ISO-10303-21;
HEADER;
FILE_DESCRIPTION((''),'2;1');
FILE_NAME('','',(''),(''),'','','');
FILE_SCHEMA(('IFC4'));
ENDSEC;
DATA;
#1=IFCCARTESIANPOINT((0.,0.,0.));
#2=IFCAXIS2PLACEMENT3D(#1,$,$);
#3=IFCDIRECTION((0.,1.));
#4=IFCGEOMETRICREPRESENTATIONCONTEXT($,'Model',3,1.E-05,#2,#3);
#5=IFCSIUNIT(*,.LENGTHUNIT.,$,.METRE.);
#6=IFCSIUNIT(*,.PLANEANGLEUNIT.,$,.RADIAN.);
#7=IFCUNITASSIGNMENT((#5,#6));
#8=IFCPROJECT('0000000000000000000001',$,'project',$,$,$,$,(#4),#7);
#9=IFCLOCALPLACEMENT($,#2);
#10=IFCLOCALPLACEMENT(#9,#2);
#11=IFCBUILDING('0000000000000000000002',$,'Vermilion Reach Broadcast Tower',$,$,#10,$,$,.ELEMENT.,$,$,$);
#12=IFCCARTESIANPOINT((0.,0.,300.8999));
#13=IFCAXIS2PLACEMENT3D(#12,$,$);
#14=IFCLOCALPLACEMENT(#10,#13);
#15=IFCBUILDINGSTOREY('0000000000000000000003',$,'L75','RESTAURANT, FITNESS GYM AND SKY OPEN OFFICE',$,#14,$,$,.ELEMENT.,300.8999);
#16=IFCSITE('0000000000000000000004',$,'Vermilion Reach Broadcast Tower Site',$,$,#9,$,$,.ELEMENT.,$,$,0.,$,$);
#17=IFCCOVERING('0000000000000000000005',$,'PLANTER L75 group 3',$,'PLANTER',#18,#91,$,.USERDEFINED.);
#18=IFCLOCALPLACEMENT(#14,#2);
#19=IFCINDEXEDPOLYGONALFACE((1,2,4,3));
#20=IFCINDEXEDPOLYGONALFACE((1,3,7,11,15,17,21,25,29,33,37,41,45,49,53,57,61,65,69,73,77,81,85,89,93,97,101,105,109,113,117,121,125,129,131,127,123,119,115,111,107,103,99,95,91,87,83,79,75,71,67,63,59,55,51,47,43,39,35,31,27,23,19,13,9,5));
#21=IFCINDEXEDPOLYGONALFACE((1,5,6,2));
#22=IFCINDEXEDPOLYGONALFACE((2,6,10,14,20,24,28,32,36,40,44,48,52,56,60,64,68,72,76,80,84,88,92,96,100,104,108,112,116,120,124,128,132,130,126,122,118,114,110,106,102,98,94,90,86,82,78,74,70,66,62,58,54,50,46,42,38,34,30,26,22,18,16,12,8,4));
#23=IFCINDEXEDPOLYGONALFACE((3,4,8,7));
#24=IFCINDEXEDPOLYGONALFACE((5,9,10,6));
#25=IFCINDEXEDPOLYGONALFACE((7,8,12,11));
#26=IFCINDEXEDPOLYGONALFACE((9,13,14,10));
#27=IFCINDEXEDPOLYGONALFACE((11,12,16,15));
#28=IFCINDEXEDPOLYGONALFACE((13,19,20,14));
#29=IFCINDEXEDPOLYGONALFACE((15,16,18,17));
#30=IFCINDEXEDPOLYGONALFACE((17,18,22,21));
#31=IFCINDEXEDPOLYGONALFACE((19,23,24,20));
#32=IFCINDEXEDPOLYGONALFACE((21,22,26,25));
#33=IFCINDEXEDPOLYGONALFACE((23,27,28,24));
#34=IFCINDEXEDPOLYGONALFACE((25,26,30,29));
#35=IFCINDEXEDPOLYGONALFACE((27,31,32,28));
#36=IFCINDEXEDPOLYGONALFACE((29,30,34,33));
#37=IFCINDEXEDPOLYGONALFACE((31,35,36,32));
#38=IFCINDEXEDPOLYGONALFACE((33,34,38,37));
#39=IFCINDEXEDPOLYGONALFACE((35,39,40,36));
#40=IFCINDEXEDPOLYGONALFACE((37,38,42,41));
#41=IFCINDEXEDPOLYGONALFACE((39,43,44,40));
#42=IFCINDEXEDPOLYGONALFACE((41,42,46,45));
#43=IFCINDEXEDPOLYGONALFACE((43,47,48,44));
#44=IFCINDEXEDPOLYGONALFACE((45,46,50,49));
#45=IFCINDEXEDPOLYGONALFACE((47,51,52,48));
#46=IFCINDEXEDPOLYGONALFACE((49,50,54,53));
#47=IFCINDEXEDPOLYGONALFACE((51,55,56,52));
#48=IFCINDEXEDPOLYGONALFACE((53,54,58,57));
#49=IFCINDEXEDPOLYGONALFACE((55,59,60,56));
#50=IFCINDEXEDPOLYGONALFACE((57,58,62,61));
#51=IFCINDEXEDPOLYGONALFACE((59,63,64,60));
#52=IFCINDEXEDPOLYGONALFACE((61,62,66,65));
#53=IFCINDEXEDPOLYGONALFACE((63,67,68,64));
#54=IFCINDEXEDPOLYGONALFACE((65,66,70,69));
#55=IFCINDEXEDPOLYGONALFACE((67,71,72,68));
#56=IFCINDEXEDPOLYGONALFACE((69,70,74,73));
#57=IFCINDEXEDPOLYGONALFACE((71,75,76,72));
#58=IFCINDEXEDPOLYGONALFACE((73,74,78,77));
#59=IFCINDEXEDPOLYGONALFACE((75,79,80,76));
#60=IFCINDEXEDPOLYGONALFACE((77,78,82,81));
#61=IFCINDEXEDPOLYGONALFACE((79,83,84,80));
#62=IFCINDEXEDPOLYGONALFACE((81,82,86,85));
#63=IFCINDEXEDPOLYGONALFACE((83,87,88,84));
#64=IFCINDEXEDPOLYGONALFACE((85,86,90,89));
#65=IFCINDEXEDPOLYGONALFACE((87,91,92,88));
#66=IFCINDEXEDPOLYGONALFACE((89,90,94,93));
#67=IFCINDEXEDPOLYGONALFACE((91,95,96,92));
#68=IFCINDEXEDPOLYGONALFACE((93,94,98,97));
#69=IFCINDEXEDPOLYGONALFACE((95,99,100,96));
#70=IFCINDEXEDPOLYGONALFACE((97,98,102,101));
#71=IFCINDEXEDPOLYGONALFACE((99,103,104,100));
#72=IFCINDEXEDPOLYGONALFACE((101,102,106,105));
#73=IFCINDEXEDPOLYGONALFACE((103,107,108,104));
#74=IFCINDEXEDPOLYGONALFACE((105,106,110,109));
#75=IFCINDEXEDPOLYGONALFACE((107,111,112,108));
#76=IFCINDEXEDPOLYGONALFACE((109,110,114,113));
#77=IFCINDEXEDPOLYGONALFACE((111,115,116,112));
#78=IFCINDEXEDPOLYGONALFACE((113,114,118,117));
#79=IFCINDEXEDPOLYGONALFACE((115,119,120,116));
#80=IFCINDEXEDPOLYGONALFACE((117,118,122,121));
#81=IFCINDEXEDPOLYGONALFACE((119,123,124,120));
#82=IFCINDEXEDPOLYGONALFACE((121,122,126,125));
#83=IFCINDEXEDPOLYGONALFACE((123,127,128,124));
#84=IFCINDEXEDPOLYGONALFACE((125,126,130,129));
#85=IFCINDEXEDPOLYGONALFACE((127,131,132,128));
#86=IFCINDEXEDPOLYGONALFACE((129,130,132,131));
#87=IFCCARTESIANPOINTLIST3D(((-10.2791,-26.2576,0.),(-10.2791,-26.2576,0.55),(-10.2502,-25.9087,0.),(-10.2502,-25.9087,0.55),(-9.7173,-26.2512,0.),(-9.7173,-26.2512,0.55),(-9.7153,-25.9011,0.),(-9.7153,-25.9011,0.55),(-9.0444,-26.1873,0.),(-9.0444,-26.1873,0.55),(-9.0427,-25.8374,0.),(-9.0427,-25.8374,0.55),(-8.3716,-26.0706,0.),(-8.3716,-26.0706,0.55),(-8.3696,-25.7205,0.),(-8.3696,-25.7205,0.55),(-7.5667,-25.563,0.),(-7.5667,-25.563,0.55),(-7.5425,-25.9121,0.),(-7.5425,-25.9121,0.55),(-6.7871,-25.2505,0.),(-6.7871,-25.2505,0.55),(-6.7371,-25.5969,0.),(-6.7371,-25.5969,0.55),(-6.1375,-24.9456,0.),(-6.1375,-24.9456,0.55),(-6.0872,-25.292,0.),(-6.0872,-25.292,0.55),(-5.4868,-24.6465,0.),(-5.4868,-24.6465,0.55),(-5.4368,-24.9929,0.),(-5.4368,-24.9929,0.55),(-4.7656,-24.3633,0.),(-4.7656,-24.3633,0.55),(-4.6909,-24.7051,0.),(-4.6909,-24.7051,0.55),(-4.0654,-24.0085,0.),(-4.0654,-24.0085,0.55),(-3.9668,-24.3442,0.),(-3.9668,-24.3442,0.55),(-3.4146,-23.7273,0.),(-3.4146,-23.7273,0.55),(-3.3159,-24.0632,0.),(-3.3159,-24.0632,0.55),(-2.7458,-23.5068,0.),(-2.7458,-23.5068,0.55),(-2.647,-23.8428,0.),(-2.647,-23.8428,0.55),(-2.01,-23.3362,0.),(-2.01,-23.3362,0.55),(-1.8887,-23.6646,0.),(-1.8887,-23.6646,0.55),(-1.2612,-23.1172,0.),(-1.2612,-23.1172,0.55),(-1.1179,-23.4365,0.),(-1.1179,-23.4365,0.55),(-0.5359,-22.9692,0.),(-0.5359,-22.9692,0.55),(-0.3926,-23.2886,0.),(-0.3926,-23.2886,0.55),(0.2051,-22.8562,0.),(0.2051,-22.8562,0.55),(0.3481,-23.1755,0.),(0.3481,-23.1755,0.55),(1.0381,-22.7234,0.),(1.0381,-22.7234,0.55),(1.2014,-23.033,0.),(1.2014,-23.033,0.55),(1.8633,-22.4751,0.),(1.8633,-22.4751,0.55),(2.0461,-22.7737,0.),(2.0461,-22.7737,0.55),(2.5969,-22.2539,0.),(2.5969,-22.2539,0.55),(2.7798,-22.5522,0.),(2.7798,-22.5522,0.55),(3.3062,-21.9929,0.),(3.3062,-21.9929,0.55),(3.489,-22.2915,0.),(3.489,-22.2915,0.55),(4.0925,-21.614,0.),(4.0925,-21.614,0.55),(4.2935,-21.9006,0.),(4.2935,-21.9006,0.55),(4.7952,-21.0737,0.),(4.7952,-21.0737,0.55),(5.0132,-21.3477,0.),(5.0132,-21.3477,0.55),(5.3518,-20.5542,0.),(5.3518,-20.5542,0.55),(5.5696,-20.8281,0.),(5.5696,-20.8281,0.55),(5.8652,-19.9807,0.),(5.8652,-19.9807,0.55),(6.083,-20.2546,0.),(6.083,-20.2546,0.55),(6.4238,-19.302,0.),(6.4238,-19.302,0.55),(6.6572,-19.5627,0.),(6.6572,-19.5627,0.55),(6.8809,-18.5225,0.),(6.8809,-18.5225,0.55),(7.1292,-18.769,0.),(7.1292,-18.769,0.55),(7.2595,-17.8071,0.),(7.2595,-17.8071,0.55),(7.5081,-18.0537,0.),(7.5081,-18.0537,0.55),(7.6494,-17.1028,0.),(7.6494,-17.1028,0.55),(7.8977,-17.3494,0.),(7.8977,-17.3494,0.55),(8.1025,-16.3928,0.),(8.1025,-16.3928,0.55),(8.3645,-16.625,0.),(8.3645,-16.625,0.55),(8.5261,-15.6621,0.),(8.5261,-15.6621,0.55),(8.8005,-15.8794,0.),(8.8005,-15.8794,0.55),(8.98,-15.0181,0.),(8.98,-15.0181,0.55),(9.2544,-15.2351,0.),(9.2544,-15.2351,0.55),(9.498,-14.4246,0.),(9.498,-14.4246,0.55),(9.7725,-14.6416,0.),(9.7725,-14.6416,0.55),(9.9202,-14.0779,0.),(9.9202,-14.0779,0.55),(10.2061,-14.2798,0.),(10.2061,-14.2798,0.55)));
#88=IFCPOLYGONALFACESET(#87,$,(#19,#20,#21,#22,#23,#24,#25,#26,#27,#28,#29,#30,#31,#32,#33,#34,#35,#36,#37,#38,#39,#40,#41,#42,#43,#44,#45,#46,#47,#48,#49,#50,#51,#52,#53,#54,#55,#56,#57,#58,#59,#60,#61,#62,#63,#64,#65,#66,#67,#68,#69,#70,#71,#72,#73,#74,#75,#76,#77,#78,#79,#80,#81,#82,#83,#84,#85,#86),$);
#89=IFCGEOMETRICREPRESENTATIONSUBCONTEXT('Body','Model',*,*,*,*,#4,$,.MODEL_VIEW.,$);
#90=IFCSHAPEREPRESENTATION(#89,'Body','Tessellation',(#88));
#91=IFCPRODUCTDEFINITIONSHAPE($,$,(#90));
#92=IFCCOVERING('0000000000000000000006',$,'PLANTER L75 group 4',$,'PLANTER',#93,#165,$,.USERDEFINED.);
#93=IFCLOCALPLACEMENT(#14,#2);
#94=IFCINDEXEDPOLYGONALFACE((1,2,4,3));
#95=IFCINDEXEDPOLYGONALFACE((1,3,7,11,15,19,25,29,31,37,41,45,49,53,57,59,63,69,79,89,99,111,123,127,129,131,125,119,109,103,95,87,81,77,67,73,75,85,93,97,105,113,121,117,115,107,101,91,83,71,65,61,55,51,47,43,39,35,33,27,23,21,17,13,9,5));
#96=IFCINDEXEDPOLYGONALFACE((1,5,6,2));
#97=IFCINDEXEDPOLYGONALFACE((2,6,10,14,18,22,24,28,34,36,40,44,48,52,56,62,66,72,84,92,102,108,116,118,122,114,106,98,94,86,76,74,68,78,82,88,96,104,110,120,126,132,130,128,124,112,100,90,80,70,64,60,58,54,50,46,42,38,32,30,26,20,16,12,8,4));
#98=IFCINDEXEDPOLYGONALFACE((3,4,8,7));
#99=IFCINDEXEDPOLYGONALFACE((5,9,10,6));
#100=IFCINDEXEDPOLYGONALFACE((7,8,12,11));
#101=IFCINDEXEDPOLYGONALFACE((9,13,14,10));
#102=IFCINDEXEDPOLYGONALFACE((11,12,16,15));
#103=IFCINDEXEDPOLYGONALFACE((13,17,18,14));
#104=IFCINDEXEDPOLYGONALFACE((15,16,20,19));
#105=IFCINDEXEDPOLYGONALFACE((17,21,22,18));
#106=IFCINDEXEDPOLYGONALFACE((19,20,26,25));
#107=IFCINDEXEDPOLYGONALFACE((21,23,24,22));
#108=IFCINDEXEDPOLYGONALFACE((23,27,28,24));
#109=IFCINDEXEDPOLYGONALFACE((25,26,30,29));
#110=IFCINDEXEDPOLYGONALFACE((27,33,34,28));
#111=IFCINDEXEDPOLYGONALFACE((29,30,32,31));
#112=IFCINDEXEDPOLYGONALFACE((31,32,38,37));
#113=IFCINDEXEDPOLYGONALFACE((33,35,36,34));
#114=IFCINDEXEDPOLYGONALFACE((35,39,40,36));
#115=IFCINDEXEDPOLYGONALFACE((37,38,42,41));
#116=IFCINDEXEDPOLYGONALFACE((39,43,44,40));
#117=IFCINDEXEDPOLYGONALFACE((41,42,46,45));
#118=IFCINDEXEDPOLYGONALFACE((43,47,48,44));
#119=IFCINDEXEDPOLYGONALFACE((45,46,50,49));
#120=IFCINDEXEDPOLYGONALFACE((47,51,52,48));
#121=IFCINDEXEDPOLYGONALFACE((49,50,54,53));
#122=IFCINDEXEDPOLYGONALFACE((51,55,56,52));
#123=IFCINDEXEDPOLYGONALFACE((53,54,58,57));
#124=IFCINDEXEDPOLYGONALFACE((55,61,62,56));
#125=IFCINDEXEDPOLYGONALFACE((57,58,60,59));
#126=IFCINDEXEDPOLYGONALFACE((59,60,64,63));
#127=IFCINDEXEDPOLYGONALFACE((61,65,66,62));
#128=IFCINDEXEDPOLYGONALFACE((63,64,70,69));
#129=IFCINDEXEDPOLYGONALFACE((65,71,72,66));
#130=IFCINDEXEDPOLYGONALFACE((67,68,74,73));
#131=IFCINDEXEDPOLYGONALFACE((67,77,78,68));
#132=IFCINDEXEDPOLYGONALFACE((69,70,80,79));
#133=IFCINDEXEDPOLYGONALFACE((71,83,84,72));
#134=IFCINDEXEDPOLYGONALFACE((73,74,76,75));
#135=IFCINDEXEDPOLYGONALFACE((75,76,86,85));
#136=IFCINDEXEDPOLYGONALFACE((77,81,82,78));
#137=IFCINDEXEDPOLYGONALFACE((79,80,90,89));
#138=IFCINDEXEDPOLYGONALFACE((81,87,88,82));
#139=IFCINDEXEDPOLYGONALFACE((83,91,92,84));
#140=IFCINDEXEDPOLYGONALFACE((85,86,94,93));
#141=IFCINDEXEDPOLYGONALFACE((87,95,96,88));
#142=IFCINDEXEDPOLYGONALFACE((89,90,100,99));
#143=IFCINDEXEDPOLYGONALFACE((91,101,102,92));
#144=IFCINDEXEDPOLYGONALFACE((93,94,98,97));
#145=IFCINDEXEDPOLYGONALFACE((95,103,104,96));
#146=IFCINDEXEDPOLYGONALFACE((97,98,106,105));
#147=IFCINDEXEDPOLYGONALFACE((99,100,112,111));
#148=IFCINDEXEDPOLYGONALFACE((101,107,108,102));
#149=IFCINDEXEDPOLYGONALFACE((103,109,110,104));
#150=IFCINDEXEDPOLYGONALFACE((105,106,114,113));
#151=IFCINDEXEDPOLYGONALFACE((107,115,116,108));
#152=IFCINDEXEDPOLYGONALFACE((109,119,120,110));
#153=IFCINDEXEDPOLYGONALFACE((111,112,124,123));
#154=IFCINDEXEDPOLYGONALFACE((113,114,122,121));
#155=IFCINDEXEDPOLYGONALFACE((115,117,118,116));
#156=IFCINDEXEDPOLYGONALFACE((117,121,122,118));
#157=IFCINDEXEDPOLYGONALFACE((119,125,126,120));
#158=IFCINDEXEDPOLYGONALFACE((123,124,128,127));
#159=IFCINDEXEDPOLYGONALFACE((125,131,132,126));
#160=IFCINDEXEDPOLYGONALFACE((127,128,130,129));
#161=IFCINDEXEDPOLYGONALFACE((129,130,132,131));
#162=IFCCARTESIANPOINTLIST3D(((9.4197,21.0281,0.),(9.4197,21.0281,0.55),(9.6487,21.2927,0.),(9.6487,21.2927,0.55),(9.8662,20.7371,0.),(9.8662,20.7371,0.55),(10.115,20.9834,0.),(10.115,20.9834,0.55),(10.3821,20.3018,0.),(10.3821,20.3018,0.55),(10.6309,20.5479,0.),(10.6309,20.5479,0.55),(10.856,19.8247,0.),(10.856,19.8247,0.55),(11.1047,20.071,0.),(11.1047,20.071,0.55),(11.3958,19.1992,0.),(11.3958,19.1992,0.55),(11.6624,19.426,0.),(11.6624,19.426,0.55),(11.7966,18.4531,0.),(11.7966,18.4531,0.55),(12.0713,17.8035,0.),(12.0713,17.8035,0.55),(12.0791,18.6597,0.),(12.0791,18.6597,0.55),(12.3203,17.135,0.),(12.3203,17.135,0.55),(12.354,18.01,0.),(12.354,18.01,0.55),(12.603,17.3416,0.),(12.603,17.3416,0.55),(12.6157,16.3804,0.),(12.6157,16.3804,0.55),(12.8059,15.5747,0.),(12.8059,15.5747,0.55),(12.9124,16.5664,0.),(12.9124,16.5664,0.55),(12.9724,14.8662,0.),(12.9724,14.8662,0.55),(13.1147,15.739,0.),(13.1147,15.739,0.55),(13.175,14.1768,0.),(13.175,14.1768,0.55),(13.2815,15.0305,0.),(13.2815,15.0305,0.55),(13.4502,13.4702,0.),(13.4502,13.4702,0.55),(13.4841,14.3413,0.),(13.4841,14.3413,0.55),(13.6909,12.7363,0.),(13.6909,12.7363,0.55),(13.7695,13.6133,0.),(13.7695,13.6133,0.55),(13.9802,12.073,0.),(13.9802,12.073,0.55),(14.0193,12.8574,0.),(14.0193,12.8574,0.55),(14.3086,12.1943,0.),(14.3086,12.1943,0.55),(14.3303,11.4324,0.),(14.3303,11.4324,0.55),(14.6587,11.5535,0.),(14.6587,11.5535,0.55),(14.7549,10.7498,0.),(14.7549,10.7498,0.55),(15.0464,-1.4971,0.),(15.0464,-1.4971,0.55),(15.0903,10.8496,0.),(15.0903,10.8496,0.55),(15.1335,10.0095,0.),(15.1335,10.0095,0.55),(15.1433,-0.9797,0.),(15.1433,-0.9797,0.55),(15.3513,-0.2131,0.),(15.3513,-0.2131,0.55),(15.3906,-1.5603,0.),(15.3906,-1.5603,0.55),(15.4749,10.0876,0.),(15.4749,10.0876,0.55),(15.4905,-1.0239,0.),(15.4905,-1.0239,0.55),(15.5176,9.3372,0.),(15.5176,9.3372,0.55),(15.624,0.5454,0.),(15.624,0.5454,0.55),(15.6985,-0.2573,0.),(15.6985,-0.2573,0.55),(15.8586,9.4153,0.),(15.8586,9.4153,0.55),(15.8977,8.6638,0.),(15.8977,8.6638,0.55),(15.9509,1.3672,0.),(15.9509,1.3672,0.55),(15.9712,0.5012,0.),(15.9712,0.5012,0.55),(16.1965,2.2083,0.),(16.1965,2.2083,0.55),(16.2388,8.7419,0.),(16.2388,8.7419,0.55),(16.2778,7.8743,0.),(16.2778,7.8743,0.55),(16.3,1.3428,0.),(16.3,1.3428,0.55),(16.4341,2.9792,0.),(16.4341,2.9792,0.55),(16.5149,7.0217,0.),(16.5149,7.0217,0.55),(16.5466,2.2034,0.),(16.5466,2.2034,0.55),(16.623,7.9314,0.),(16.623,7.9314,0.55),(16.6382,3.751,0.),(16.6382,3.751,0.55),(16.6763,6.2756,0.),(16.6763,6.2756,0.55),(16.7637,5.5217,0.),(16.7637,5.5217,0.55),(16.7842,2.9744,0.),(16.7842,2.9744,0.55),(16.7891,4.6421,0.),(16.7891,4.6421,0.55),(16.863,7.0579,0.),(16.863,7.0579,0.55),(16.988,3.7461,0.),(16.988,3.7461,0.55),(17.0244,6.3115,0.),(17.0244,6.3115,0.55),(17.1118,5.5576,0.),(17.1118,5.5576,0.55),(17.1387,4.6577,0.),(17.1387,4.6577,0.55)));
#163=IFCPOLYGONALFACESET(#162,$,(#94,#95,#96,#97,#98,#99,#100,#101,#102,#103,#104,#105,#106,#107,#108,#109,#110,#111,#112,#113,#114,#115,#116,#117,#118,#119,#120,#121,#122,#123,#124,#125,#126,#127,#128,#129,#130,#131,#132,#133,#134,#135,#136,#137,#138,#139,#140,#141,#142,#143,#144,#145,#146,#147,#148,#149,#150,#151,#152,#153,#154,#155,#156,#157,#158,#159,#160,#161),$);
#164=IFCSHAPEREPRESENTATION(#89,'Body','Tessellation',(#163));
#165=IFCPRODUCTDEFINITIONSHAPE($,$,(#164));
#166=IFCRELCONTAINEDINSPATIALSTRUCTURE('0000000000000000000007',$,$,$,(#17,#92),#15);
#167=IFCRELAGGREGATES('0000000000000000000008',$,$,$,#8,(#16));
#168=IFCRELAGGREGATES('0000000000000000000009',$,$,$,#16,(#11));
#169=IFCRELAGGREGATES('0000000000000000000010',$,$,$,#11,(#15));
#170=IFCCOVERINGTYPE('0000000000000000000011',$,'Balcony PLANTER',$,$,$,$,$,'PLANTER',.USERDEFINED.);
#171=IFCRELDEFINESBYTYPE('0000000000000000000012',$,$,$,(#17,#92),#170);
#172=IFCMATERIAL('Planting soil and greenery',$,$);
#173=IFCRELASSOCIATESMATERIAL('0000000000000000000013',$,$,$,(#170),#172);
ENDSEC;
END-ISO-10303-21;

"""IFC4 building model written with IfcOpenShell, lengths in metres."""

from ifc_helpers import new_model, si_unit, direction, frame, origin, place, context, subcontext, project, spatial, polyline, outline, extrude, material, type_object, element, save


model = new_model("IFC4")

# Units and contexts
model_context = context("Model", 3, precision=1e-05, world=origin(), true_north=direction((0.0, 1.0)))
body_context = subcontext(model_context, "Body", "Model", "MODEL_VIEW")
ifc_project = project(units=[si_unit("LENGTHUNIT", "METRE"), si_unit("PLANEANGLEUNIT", "RADIAN")], contexts=[model_context])

# Site, building, storey
site_placement = place(None, origin())
site = spatial("IfcSite", under=ifc_project, at=site_placement, Name="Vermilion Reach Broadcast Tower Site", CompositionType="ELEMENT", RefElevation=0.0)
building_placement = place(site_placement, origin())
building = spatial("IfcBuilding", under=site, at=building_placement, Name="Vermilion Reach Broadcast Tower", CompositionType="ELEMENT")
storey_placement = place(building_placement, frame((0.0, 0.0, 300.8999)))
storey = spatial("IfcBuildingStorey", under=building, at=storey_placement, Name="L75", Description="RESTAURANT, FITNESS GYM AND SKY OPEN OFFICE", CompositionType="ELEMENT", Elevation=300.8999)

# Shared definitions
placement_1 = place(storey_placement, origin())

# Coverings
ifc_material_1 = material(Name="Planting soil and greenery")
covering_type = type_object("IfcCoveringType", Name="Balcony PLANTER", ElementType="PLANTER", PredefinedType="USERDEFINED", material=ifc_material_1)
element("IfcCovering", 1, at=placement_1, inside=storey, type_object=covering_type, Name="PLANTER L75 group 3", ObjectType="PLANTER", PredefinedType="USERDEFINED", context=body_context, shape_type="SweptSolid", body=[
    extrude(outline(polyline([(-10.2791, -26.2576), (-9.7173, -26.2512), (-9.0444, -26.1873), (-8.3716, -26.0706), (-7.5425, -25.9121), (-6.7371, -25.5969), (-6.0872, -25.292), (-5.4368, -24.9929), (-4.6909, -24.7051), (-3.9668, -24.3442), (-3.3159, -24.0632), (-2.647, -23.8428), (-1.8887, -23.6646), (-1.1179, -23.4365), (-0.3926, -23.2886), (0.3481, -23.1755), (1.2014, -23.033), (2.0461, -22.7737), (2.7798, -22.5522), (3.489, -22.2915), (4.2935, -21.9006), (5.0132, -21.3477), (5.5696, -20.8281), (6.083, -20.2546), (6.6572, -19.5627), (7.1292, -18.769), (7.5081, -18.0537), (7.8977, -17.3494), (8.3645, -16.625), (8.8005, -15.8794), (9.2544, -15.2351), (9.7725, -14.6416), (10.2061, -14.2798), (9.9202, -14.0779), (9.498, -14.4246), (8.98, -15.0181), (8.5261, -15.6621), (8.1025, -16.3928), (7.6494, -17.1028), (7.2595, -17.8071), (6.8809, -18.5225), (6.4238, -19.302), (5.8652, -19.9807), (5.3518, -20.5542), (4.7952, -21.0737), (4.0925, -21.614), (3.3062, -21.9929), (2.5969, -22.2539), (1.8633, -22.4751), (1.0381, -22.7234), (0.2051, -22.8562), (-0.5359, -22.9692), (-1.2612, -23.1172), (-2.01, -23.3362), (-2.7458, -23.5068), (-3.4146, -23.7273), (-4.0654, -24.0085), (-4.7656, -24.3633), (-5.4868, -24.6465), (-6.1375, -24.9456), (-6.7871, -25.2505), (-7.5667, -25.563), (-8.3696, -25.7205), (-9.0427, -25.8374), (-9.7153, -25.9011), (-10.2502, -25.9087), (-10.2791, -26.2576)])), origin(), (0.0, 0.0, 1.0), 0.55),
])
element("IfcCovering", 2, at=placement_1, inside=storey, type_object=covering_type, Name="PLANTER L75 group 4", ObjectType="PLANTER", PredefinedType="USERDEFINED", context=body_context, shape_type="SweptSolid", body=[
    extrude(outline(polyline([(15.3906, -1.5603), (15.4905, -1.0239), (15.6985, -0.2573), (15.9712, 0.5012), (16.3, 1.3428), (16.5466, 2.2034), (16.7842, 2.9744), (16.988, 3.7461), (17.1387, 4.6577), (17.1118, 5.5576), (17.0244, 6.3115), (16.863, 7.0579), (16.623, 7.9314), (16.2388, 8.7419), (15.8586, 9.4153), (15.4749, 10.0876), (15.0903, 10.8496), (14.6587, 11.5535), (14.3086, 12.1943), (14.0193, 12.8574), (13.7695, 13.6133), (13.4841, 14.3413), (13.2815, 15.0305), (13.1147, 15.739), (12.9124, 16.5664), (12.603, 17.3416), (12.354, 18.01), (12.0791, 18.6597), (11.6624, 19.426), (11.1047, 20.071), (10.6309, 20.5479), (10.115, 20.9834), (9.6487, 21.2927), (9.4197, 21.0281), (9.8662, 20.7371), (10.3821, 20.3018), (10.856, 19.8247), (11.3958, 19.1992), (11.7966, 18.4531), (12.0713, 17.8035), (12.3203, 17.135), (12.6157, 16.3804), (12.8059, 15.5747), (12.9724, 14.8662), (13.175, 14.1768), (13.4502, 13.4702), (13.6909, 12.7363), (13.9802, 12.073), (14.3303, 11.4324), (14.7549, 10.7498), (15.1335, 10.0095), (15.5176, 9.3372), (15.8977, 8.6638), (16.2778, 7.8743), (16.5149, 7.0217), (16.6763, 6.2756), (16.7637, 5.5217), (16.7891, 4.6421), (16.6382, 3.751), (16.4341, 2.9792), (16.1965, 2.2083), (15.9509, 1.3672), (15.624, 0.5454), (15.3513, -0.2131), (15.1433, -0.9797), (15.0464, -1.4971), (15.3906, -1.5603)])), origin(), (0.0, 0.0, 1.0), 0.55),
])

save(model, "model.ifc")
